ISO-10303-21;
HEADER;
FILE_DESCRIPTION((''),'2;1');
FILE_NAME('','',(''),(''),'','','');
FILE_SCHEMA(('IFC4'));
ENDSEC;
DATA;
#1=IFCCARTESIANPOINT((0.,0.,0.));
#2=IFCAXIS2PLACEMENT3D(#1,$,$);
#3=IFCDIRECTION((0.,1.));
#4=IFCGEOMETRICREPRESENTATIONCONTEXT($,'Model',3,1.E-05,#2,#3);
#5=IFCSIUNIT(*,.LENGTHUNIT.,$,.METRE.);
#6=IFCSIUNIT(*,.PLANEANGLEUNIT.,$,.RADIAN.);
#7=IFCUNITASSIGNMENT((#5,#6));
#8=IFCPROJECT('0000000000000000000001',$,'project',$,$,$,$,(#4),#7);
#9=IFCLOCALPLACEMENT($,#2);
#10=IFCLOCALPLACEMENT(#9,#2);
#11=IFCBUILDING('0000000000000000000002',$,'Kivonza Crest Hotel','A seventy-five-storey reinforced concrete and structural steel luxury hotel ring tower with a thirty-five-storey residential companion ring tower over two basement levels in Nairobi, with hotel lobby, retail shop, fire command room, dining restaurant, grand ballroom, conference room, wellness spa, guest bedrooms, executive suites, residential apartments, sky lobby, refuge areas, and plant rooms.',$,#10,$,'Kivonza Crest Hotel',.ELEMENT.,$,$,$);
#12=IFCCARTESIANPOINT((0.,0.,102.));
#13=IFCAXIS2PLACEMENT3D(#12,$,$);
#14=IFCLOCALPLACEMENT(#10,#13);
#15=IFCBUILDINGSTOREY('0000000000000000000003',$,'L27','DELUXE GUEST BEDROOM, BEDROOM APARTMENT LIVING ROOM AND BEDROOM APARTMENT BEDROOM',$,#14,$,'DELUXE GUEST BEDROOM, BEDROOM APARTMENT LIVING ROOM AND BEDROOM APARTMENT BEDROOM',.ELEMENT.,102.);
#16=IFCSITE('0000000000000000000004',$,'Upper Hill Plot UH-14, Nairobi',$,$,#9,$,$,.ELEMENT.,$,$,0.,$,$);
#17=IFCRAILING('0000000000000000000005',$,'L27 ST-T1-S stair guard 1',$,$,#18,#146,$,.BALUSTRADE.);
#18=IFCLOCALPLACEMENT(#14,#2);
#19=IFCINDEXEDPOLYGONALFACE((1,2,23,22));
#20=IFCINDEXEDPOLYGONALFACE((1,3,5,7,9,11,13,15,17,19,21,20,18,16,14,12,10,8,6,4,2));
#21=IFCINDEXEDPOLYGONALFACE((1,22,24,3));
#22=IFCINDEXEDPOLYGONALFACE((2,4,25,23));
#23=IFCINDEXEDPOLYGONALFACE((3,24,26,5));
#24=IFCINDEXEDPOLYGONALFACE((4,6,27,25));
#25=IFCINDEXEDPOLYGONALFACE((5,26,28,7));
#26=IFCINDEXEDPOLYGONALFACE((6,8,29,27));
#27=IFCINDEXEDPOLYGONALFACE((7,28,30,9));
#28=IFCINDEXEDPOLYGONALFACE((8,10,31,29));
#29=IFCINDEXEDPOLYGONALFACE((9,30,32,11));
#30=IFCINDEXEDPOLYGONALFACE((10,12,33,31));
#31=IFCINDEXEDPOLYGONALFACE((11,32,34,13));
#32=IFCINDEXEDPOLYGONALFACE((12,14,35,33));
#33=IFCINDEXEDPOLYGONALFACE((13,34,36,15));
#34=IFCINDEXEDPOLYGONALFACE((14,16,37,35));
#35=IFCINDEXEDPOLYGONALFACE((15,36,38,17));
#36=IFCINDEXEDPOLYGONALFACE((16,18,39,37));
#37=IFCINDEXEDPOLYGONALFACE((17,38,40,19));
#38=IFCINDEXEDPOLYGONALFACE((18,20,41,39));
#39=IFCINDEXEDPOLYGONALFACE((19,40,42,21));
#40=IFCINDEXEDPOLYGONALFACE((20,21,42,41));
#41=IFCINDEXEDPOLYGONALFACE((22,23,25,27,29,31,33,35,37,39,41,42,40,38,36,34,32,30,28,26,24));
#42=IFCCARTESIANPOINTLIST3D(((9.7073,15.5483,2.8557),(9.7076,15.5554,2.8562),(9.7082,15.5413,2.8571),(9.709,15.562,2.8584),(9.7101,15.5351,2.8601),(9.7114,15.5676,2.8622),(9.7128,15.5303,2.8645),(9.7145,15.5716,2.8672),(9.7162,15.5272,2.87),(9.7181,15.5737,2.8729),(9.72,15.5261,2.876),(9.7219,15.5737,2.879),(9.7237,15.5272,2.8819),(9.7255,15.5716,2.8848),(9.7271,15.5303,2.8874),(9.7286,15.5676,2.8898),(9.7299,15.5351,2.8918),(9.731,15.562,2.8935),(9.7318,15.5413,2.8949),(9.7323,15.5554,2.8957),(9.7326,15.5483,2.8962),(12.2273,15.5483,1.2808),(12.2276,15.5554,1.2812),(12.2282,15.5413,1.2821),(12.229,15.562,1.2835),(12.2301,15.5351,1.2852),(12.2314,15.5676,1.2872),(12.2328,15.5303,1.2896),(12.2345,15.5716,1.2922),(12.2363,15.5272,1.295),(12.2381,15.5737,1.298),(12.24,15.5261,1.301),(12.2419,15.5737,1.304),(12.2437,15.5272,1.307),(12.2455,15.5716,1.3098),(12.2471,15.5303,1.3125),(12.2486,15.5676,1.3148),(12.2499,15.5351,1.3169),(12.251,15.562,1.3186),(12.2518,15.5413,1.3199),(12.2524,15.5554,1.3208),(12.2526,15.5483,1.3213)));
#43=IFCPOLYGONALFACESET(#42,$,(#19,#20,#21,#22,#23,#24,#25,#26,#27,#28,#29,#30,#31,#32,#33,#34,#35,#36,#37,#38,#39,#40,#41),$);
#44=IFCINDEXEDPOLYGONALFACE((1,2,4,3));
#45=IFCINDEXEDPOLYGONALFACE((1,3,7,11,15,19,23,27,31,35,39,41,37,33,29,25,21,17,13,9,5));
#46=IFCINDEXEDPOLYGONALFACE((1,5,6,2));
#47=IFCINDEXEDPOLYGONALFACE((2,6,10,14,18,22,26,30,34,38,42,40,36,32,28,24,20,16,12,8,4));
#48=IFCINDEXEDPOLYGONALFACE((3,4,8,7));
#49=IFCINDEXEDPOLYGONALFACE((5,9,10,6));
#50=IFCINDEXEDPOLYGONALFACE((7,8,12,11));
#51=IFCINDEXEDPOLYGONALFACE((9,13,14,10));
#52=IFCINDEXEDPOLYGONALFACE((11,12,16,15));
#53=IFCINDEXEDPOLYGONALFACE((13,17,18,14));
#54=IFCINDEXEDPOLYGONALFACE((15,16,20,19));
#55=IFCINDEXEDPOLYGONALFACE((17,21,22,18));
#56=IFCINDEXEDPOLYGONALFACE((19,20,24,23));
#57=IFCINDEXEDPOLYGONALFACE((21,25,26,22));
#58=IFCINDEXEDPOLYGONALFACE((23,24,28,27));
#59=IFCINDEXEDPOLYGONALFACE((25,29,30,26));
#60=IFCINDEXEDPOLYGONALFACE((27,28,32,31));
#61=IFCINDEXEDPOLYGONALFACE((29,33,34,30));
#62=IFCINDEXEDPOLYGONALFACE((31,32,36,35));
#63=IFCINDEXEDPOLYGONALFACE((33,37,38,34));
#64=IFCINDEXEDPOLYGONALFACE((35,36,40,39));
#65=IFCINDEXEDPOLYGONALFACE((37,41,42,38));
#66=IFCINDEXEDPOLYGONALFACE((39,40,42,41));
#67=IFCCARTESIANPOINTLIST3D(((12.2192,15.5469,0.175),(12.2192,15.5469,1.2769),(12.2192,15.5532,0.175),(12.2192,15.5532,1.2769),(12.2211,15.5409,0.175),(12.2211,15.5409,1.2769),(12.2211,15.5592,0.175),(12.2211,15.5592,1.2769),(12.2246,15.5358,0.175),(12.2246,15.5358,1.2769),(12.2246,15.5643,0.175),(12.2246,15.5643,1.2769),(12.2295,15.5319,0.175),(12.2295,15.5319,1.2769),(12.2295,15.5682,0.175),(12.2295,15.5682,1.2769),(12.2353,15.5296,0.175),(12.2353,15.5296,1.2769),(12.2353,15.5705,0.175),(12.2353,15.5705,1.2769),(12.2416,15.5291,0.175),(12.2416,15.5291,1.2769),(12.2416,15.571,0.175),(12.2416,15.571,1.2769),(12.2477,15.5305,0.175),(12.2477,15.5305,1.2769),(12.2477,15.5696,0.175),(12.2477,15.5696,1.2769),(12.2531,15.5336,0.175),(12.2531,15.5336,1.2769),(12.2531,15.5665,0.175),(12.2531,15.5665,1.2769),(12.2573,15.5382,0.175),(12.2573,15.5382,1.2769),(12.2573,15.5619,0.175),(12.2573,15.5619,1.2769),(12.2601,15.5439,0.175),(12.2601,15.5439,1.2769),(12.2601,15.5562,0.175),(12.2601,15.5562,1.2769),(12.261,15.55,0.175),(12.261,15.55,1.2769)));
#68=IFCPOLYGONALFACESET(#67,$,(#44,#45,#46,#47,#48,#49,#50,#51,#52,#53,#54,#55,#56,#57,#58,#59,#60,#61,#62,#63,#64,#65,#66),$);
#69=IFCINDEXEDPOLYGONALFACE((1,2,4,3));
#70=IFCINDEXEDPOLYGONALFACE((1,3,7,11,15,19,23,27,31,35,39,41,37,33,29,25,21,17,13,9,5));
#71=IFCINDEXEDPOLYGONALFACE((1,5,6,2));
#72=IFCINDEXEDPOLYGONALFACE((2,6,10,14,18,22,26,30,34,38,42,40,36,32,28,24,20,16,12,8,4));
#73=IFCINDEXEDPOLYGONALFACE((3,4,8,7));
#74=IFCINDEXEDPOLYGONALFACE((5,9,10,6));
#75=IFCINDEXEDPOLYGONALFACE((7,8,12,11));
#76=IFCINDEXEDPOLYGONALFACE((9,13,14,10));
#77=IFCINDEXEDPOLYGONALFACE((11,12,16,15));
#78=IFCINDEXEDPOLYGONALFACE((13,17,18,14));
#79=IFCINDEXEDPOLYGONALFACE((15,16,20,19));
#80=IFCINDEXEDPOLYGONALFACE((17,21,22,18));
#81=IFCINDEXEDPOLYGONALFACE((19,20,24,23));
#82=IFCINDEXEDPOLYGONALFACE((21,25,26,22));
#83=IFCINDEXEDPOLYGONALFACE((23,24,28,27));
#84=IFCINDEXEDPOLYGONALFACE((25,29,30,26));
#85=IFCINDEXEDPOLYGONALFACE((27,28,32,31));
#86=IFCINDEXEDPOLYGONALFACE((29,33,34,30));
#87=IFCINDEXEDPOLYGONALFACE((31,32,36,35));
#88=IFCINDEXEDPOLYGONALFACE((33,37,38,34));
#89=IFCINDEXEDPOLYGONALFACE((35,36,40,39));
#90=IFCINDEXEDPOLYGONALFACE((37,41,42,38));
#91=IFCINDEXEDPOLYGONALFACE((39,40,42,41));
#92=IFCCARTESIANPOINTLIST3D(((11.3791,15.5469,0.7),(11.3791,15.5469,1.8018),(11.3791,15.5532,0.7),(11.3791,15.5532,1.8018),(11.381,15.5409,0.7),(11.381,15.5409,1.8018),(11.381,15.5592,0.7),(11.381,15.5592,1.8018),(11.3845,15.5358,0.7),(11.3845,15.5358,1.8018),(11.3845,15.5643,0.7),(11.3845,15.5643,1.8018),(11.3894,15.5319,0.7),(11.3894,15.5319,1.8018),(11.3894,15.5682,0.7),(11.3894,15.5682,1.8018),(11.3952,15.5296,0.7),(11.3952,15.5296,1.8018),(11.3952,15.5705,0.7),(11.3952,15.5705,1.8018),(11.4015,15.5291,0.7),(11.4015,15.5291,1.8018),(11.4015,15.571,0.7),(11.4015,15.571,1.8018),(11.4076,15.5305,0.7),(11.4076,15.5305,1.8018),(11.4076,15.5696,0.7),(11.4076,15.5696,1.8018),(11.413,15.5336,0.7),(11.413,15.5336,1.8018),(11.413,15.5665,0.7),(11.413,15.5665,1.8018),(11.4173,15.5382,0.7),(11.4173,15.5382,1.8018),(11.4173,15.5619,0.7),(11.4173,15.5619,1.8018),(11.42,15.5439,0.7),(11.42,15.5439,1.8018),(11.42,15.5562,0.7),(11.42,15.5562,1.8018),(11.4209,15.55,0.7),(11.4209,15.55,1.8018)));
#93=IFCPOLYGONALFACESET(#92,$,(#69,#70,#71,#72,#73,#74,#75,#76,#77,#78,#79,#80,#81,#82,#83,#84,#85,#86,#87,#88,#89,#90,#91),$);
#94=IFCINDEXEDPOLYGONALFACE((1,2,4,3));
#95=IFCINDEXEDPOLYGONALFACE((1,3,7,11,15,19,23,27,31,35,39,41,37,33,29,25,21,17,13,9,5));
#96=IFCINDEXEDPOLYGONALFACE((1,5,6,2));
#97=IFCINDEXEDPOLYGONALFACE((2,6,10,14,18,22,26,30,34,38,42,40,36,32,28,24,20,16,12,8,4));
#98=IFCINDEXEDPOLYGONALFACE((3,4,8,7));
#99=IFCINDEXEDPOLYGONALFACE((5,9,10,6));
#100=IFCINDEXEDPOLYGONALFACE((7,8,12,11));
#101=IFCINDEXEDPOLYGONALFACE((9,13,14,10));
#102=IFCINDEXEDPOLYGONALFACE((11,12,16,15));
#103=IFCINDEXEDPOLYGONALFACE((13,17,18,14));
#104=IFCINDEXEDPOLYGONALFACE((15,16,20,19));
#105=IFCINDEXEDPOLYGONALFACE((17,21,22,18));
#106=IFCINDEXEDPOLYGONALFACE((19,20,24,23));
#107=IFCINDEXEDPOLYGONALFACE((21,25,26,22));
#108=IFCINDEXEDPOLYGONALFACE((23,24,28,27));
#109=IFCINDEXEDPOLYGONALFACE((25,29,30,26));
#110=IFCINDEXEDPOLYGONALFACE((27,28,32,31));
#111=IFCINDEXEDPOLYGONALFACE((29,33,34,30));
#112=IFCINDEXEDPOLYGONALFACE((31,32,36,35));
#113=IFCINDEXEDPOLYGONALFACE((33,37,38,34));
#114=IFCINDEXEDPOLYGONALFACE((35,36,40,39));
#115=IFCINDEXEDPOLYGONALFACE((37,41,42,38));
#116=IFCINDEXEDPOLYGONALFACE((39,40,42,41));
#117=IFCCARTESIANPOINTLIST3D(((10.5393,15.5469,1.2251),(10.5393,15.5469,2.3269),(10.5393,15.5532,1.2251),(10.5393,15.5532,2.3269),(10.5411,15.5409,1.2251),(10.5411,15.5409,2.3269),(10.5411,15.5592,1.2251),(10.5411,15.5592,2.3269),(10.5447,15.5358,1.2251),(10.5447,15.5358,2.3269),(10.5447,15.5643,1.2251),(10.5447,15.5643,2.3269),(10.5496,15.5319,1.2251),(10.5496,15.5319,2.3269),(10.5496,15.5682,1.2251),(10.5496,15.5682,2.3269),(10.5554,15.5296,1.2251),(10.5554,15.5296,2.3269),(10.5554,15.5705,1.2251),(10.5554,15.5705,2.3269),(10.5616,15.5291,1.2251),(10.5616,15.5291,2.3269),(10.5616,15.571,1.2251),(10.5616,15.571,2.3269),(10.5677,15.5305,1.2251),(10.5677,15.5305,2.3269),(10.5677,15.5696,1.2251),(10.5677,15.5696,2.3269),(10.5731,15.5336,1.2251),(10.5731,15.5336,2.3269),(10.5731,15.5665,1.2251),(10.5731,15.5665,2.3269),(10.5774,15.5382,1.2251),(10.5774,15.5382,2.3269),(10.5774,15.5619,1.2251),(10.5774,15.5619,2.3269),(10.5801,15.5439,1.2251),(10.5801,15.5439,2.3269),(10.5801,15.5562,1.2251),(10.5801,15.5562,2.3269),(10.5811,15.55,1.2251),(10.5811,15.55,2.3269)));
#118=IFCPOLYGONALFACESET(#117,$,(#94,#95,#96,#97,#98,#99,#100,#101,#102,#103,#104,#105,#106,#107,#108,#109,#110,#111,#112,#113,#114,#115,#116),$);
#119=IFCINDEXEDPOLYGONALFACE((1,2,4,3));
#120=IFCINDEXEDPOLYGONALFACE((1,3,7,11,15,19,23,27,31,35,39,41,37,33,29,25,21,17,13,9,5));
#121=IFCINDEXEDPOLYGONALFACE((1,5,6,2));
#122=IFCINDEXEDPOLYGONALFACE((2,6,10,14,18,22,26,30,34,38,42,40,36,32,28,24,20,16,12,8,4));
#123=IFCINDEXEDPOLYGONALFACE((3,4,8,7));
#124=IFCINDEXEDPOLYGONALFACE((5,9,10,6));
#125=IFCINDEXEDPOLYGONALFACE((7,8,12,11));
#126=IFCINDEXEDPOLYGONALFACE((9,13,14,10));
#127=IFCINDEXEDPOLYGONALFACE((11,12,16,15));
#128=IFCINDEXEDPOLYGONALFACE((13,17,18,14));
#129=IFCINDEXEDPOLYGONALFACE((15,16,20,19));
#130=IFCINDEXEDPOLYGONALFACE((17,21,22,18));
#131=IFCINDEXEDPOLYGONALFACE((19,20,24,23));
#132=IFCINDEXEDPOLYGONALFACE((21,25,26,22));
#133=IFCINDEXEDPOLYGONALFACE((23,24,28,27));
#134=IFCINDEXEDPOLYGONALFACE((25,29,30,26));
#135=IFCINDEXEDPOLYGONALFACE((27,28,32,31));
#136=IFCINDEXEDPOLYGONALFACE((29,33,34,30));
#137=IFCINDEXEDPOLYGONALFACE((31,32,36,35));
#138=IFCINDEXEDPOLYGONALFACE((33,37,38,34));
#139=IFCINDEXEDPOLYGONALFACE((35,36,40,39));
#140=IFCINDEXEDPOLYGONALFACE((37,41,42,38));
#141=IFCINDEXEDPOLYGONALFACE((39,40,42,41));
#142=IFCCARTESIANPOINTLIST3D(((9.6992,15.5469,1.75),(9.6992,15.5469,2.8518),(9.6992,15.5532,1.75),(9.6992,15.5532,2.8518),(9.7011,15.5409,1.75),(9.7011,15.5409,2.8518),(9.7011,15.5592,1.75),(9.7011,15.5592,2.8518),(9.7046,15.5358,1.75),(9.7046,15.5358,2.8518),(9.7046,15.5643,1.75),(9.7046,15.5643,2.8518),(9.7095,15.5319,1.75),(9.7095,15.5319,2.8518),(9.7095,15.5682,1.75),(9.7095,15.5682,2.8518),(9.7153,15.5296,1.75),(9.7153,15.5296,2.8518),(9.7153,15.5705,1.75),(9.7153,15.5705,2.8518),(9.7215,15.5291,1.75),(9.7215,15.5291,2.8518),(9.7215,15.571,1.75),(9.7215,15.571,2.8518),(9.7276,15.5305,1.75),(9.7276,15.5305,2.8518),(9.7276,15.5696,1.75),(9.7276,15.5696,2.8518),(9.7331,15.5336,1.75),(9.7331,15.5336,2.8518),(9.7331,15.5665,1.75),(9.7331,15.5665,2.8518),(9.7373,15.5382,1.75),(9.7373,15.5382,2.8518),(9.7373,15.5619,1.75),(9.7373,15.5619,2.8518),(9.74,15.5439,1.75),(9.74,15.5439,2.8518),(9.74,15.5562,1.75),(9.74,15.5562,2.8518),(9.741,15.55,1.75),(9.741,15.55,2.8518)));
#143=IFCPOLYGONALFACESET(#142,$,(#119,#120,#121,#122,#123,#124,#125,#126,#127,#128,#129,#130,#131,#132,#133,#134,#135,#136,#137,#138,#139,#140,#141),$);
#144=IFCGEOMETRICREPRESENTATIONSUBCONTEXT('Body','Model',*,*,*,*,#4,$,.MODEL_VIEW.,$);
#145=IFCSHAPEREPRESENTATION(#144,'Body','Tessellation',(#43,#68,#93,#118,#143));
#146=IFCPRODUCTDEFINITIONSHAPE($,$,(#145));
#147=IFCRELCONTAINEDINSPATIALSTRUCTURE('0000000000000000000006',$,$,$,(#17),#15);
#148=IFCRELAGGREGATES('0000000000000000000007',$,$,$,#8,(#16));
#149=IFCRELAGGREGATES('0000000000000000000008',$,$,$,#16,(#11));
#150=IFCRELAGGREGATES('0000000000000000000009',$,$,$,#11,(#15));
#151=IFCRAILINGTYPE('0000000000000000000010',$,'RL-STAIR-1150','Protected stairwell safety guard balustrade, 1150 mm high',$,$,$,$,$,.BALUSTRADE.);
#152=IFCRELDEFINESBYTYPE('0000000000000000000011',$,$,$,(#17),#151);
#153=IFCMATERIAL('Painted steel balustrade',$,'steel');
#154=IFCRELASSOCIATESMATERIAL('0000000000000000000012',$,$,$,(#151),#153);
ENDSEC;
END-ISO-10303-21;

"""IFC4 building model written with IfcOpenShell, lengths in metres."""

from ifc_helpers import new_model, si_unit, direction, frame, origin, origin_2d, place, context, subcontext, project, spatial, circle, extrude, material, type_object, element, save


model = new_model("IFC4")

# Units and contexts
model_context = context("Model", 3, precision=1e-05, world=origin(), true_north=direction((0.0, 1.0)))
body_context = subcontext(model_context, "Body", "Model", "MODEL_VIEW")
ifc_project = project(units=[si_unit("LENGTHUNIT", "METRE"), si_unit("PLANEANGLEUNIT", "RADIAN")], contexts=[model_context])

# Site, building, storey
site_placement = place(None, origin())
site = spatial("IfcSite", under=ifc_project, at=site_placement, Name="Upper Hill Plot UH-14, Nairobi", CompositionType="ELEMENT", RefElevation=0.0)
building_placement = place(site_placement, origin())
building = spatial("IfcBuilding", under=site, at=building_placement, Name="Kivonza Crest Hotel", Description="A seventy-five-storey reinforced concrete and structural steel luxury hotel ring tower with a thirty-five-storey residential companion ring tower over two basement levels in Nairobi, with hotel lobby, retail shop, fire command room, dining restaurant, grand ballroom, conference room, wellness spa, guest bedrooms, executive suites, residential apartments, sky lobby, refuge areas, and plant rooms.", LongName="Kivonza Crest Hotel", CompositionType="ELEMENT")
storey_placement = place(building_placement, frame((0.0, 0.0, 102.0)))
storey = spatial("IfcBuildingStorey", under=building, at=storey_placement, Name="L27", Description="DELUXE GUEST BEDROOM, BEDROOM APARTMENT LIVING ROOM AND BEDROOM APARTMENT BEDROOM", LongName="DELUXE GUEST BEDROOM, BEDROOM APARTMENT LIVING ROOM AND BEDROOM APARTMENT BEDROOM", CompositionType="ELEMENT", Elevation=102.0)

# Railing
ifc_material_1 = material(Name="Painted steel balustrade", Category="steel")
railing_type_1 = type_object("IfcRailingType", Name="RL-STAIR-1150", Description="Protected stairwell safety guard balustrade, 1150 mm high", PredefinedType="BALUSTRADE", material=ifc_material_1)
railing_1_placement = place(storey_placement, frame((12.24, 15.55, 0.175)))
element("IfcRailing", 1, at=railing_1_placement, inside=storey, type_object=railing_type_1, Name="L27 ST-T1-S stair guard 1", PredefinedType="BALUSTRADE", context=body_context, shape_type="SweptSolid", body=[
    extrude(circle(Radius=0.0239, at=origin_2d()), frame((0.0, 0.0, 1.126), z_axis=(-0.848008, 0.0, 0.529984), x_axis=(0.0, -1.0, 0.0)), (0.0, 0.0, 1.0), 2.9717),
    extrude(circle(Radius=0.021, at=origin_2d()), origin(), (0.0, 0.0, 1.0), 1.1018),
    extrude(circle(Radius=0.021, at=origin_2d()), frame((-0.8401, 0.0, 0.5249)), (0.0, 0.0, 1.0), 1.1018),
    extrude(circle(Radius=0.021, at=origin_2d()), frame((-1.6799, 0.0, 1.05)), (0.0, 0.0, 1.0), 1.1018),
    extrude(circle(Radius=0.021, at=origin_2d()), frame((-2.52, 0.0, 1.575)), (0.0, 0.0, 1.0), 1.1018),
])

save(model, "model.ifc")
